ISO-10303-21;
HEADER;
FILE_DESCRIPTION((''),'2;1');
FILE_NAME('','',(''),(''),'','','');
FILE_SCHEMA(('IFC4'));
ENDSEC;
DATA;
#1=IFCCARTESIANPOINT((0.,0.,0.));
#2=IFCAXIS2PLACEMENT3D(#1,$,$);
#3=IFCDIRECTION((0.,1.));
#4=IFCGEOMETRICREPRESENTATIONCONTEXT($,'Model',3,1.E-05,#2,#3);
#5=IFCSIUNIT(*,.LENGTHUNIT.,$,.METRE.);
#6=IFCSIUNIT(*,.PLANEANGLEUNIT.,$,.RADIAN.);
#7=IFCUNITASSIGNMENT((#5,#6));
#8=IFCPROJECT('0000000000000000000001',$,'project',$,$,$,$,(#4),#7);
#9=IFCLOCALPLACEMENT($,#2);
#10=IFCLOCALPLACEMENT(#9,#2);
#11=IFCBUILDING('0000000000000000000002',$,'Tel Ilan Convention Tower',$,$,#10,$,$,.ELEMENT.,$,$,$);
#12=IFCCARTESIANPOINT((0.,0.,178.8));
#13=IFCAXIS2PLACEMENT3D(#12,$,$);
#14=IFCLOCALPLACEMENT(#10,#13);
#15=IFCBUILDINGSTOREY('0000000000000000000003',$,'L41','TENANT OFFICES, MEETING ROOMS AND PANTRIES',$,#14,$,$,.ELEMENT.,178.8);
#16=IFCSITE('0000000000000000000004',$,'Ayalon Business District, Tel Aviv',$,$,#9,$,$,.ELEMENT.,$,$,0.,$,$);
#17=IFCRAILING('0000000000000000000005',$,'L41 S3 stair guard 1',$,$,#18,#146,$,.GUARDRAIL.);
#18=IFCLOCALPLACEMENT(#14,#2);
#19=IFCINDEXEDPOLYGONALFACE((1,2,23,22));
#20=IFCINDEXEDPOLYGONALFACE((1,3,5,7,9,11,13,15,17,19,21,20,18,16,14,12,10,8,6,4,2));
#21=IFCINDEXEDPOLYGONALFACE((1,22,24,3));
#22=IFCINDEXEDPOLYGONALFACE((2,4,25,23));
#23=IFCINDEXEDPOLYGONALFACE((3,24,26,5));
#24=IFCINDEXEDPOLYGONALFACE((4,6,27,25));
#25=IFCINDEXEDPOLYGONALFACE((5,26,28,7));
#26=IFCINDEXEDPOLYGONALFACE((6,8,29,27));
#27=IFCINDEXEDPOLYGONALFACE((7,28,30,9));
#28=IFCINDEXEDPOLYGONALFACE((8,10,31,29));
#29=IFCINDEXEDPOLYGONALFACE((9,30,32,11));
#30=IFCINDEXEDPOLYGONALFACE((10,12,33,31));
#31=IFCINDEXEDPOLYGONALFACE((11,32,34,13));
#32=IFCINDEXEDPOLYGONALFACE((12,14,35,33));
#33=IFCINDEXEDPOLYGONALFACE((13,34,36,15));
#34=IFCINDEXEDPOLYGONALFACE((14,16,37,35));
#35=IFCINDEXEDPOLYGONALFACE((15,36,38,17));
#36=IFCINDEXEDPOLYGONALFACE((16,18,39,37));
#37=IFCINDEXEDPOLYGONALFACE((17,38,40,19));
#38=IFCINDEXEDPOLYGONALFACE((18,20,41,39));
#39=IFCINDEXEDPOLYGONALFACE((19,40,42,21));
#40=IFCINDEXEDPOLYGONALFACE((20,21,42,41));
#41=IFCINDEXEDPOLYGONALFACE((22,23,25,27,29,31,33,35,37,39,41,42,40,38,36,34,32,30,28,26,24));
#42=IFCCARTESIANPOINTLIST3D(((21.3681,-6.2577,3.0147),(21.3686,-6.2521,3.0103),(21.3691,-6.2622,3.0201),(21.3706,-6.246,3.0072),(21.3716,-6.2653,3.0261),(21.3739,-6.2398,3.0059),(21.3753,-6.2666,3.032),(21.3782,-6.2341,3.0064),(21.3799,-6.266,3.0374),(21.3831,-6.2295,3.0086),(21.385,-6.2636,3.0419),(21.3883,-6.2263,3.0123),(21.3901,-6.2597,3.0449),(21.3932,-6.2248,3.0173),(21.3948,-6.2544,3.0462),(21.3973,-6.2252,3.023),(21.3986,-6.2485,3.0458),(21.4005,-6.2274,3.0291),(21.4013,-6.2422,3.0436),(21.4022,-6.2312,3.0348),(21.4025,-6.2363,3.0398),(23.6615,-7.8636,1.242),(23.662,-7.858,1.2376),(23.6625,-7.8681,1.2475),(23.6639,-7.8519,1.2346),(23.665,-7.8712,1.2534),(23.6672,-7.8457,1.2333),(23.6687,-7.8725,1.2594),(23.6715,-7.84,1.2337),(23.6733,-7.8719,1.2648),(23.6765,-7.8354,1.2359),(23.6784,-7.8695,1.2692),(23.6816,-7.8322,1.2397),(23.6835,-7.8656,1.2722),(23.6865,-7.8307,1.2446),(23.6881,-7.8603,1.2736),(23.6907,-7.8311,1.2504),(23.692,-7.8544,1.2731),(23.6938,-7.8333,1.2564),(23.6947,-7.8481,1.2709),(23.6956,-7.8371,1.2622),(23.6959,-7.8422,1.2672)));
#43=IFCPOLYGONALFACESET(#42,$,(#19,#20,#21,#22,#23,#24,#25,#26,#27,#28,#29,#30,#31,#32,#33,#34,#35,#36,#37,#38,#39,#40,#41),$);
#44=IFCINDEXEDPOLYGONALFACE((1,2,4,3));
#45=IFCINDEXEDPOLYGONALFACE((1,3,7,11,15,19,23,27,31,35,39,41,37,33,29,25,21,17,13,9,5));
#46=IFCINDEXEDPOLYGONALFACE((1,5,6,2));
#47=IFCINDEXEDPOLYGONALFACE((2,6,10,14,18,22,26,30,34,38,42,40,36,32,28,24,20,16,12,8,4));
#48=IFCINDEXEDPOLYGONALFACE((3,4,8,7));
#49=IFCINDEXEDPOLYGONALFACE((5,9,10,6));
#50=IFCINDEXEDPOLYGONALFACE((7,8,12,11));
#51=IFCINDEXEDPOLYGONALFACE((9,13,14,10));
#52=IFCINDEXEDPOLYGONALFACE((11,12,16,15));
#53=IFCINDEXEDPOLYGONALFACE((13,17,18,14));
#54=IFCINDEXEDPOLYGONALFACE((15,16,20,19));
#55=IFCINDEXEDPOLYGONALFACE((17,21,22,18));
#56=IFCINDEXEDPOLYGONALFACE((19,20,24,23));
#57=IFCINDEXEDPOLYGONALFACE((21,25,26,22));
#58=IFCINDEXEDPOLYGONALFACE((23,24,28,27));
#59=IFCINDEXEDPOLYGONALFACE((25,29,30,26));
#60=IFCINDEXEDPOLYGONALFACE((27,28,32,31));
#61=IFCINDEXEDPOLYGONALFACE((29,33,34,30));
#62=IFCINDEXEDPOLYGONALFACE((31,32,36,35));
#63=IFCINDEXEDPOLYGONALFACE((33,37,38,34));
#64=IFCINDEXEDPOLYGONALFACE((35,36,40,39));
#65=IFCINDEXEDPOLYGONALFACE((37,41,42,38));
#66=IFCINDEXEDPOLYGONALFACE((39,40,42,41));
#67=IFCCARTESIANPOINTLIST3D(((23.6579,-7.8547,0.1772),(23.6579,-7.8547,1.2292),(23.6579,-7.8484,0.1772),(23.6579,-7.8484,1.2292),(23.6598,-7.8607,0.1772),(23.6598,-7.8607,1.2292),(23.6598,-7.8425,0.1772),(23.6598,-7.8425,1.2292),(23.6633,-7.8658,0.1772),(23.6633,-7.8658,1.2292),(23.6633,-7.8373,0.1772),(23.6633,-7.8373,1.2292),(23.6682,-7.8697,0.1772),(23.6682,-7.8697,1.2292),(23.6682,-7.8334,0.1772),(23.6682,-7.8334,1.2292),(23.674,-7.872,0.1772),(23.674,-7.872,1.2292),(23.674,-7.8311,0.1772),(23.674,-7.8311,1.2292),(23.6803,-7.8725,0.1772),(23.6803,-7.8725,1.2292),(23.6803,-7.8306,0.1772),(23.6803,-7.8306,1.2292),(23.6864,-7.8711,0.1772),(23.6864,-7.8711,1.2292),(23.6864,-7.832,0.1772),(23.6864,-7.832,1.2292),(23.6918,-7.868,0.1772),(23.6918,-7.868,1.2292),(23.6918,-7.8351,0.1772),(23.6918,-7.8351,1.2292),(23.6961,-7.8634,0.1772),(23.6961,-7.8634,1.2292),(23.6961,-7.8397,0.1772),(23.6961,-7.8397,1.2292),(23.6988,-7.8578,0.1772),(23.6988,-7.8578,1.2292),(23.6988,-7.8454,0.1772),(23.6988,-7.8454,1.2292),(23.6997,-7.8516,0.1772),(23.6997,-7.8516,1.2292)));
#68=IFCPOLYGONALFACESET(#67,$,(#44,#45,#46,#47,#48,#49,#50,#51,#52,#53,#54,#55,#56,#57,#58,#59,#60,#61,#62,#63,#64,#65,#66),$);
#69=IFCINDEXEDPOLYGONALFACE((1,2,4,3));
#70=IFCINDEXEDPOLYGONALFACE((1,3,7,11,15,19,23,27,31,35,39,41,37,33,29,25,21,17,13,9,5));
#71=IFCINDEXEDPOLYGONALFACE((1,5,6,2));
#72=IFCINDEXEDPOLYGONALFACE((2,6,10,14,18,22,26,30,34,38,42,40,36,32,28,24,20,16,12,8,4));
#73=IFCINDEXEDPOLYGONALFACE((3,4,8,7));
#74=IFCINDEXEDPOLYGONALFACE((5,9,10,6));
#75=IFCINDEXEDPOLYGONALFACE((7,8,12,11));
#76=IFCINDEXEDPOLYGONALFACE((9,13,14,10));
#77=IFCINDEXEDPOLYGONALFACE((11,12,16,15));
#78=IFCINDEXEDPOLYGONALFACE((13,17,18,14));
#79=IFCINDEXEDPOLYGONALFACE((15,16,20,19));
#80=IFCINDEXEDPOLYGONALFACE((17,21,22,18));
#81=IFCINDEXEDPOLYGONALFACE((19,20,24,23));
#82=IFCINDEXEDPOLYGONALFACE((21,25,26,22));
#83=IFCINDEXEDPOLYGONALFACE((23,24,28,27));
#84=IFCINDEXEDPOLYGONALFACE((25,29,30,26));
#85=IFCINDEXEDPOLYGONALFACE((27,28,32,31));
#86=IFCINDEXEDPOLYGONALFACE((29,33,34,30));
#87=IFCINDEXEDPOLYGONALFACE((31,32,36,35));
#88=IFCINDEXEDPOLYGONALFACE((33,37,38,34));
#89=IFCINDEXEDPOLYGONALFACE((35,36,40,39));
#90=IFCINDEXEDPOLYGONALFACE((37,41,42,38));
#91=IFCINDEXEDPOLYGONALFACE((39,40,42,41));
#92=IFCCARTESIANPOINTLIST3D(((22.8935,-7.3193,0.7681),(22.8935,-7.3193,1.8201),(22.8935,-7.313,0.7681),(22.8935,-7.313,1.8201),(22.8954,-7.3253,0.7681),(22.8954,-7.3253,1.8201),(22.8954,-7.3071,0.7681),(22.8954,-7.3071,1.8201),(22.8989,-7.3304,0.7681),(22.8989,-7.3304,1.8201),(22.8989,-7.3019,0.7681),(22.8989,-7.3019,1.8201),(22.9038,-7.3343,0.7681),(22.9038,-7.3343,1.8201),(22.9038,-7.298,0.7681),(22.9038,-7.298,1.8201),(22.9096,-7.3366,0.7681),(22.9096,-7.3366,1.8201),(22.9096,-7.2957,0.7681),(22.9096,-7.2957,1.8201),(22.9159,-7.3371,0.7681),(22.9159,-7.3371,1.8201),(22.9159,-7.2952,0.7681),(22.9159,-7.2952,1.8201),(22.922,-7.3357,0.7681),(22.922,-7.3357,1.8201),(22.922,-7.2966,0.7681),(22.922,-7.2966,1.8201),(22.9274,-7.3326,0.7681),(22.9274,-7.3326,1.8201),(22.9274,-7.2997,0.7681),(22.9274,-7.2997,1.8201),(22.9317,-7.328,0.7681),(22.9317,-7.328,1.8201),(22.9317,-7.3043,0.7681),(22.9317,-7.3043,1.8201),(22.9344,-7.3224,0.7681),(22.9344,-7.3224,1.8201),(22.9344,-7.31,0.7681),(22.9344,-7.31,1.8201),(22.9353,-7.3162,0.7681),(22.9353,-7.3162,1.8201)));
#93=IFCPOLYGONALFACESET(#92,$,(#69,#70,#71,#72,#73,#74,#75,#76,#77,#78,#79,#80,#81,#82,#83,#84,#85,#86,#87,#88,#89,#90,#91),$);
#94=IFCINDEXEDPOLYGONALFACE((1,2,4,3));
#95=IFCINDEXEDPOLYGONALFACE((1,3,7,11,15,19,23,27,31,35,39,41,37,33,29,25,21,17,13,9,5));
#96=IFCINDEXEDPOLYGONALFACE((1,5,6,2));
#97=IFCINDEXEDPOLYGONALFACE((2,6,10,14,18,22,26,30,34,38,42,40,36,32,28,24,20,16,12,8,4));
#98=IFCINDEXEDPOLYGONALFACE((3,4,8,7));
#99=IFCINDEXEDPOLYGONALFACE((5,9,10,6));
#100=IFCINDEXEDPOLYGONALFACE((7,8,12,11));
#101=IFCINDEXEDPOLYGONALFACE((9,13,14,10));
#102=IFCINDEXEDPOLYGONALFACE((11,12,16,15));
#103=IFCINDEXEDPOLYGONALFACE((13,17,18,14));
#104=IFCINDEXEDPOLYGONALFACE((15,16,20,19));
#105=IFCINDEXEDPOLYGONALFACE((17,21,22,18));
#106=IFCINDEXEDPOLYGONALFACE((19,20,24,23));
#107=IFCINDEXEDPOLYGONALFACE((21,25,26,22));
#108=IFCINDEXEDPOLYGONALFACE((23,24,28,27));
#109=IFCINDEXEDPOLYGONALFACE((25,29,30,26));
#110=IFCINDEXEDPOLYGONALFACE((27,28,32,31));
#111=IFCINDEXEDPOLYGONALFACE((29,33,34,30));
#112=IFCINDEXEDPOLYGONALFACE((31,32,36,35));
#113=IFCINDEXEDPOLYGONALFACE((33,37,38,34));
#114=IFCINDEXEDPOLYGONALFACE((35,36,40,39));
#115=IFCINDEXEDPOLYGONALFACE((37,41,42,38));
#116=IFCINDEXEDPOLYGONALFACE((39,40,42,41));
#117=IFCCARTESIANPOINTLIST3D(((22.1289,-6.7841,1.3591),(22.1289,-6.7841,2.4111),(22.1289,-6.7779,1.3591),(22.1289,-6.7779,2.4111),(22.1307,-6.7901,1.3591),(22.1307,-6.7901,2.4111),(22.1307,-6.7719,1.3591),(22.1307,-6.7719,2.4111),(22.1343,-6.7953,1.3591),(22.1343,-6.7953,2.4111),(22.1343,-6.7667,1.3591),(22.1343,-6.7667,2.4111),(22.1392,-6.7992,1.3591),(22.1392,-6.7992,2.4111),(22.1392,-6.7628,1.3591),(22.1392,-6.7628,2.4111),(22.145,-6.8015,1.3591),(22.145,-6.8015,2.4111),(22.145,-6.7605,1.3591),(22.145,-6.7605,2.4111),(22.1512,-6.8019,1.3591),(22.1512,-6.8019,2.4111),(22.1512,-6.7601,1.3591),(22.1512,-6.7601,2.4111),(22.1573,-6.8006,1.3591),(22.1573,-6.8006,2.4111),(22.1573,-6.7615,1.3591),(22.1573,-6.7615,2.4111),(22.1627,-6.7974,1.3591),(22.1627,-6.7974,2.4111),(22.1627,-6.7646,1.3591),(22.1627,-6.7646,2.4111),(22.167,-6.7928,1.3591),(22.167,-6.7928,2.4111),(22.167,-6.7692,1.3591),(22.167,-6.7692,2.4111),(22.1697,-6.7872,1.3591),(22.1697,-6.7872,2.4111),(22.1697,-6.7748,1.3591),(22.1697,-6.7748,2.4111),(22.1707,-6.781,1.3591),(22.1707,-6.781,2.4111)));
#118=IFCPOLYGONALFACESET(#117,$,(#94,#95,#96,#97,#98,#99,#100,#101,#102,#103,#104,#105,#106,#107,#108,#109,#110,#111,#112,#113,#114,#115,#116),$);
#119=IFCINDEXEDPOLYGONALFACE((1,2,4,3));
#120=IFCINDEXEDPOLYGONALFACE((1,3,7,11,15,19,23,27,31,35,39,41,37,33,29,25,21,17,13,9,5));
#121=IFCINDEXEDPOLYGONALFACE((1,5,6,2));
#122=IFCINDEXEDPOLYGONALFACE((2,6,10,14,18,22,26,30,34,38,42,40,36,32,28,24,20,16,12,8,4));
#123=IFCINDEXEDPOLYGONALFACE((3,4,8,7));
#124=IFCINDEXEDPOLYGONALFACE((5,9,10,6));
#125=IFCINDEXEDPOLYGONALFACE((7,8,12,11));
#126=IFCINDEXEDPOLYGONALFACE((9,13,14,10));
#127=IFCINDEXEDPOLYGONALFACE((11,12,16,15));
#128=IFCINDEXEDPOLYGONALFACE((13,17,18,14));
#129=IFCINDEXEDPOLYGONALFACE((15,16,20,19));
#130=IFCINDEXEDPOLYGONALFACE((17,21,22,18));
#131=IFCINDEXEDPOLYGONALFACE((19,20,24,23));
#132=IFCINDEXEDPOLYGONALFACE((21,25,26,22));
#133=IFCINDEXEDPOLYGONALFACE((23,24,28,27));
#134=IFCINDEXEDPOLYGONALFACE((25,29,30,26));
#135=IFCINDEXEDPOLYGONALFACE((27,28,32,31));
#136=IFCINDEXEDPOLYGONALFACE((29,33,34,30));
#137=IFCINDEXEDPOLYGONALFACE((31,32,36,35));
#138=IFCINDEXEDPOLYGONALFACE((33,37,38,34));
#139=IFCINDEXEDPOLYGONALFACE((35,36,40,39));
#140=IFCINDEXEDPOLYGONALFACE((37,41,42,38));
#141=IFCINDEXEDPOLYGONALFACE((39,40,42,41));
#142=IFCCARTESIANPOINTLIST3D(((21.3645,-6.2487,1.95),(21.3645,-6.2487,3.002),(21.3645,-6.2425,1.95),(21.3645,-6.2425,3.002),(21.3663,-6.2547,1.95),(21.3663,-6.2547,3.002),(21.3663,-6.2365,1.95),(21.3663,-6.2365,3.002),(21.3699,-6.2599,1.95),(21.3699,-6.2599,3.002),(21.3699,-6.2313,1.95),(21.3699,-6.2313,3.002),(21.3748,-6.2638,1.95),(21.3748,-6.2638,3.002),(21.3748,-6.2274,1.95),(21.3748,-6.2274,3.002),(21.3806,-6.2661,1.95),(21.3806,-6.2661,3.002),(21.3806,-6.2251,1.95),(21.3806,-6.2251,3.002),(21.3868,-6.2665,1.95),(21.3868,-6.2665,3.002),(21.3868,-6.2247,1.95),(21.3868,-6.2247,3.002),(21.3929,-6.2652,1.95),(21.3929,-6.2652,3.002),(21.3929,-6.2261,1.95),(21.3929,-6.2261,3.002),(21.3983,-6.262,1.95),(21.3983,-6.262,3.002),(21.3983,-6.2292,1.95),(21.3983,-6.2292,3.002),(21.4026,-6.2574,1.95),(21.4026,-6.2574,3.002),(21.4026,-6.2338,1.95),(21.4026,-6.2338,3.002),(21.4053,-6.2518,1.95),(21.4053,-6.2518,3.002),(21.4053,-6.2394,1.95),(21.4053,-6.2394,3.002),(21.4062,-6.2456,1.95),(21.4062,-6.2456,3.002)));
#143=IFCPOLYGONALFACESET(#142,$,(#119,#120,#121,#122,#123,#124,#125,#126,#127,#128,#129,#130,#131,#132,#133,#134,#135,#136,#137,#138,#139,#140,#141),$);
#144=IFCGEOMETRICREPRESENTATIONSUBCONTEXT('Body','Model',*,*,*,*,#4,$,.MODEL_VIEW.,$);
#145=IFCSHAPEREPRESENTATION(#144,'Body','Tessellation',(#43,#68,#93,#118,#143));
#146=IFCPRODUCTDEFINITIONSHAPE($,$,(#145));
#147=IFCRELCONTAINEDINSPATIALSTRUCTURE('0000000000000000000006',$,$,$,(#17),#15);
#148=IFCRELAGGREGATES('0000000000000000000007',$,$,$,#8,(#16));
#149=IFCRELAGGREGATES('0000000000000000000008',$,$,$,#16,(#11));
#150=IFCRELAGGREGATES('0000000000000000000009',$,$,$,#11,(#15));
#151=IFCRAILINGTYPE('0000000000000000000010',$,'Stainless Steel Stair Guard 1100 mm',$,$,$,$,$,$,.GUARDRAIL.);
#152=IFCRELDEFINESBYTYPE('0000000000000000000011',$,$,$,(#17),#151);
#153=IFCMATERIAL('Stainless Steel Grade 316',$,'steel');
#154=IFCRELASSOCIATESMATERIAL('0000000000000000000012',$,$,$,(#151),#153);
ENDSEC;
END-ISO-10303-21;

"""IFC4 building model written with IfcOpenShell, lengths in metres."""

from ifc_helpers import new_model, si_unit, direction, frame, origin, origin_2d, place, context, subcontext, project, spatial, circle, extrude, material, type_object, element, save


model = new_model("IFC4")

# Units and contexts
model_context = context("Model", 3, precision=1e-05, world=origin(), true_north=direction((0.0, 1.0)))
body_context = subcontext(model_context, "Body", "Model", "MODEL_VIEW")
ifc_project = project(units=[si_unit("LENGTHUNIT", "METRE"), si_unit("PLANEANGLEUNIT", "RADIAN")], contexts=[model_context])

# Site, building, storey
site_placement = place(None, origin())
site = spatial("IfcSite", under=ifc_project, at=site_placement, Name="Ayalon Business District, Tel Aviv", CompositionType="ELEMENT", RefElevation=0.0)
building_placement = place(site_placement, origin())
building = spatial("IfcBuilding", under=site, at=building_placement, Name="Tel Ilan Convention Tower", CompositionType="ELEMENT")
storey_placement = place(building_placement, frame((0.0, 0.0, 178.8)))
storey = spatial("IfcBuildingStorey", under=building, at=storey_placement, Name="L41", Description="TENANT OFFICES, MEETING ROOMS AND PANTRIES", CompositionType="ELEMENT", Elevation=178.8)

# Railing
ifc_material_1 = material(Name="Stainless Steel Grade 316", Category="steel")
railing_type_1 = type_object("IfcRailingType", Name="Stainless Steel Stair Guard 1100 mm", PredefinedType="GUARDRAIL", material=ifc_material_1)
railing_1_placement = place(storey_placement, frame((23.6787, -7.8516, 0.1772)))
element("IfcRailing", 1, at=railing_1_placement, inside=storey, type_object=railing_type_1, Name="L41 S3 stair guard 1", PredefinedType="GUARDRAIL", context=body_context, shape_type="SweptSolid", body=[
    extrude(circle(Radius=0.0239, at=origin_2d()), frame((0.0, 0.0, 1.0762), z_axis=(-0.692085, 0.484621, 0.53494), x_axis=(-0.573591, -0.819142, 0.0)), (0.0, 0.0, 1.0), 3.3137),
    extrude(circle(Radius=0.021, at=origin_2d()), origin(), (0.0, 0.0, 1.0), 1.052),
    extrude(circle(Radius=0.021, at=origin_2d()), frame((-0.7644, 0.5354, 0.5908)), (0.0, 0.0, 1.0), 1.052),
    extrude(circle(Radius=0.021, at=origin_2d()), frame((-1.5291, 1.0706, 1.1819)), (0.0, 0.0, 1.0), 1.052),
    extrude(circle(Radius=0.021, at=origin_2d()), frame((-2.2935, 1.606, 1.7727)), (0.0, 0.0, 1.0), 1.052),
])

save(model, "model.ifc")
